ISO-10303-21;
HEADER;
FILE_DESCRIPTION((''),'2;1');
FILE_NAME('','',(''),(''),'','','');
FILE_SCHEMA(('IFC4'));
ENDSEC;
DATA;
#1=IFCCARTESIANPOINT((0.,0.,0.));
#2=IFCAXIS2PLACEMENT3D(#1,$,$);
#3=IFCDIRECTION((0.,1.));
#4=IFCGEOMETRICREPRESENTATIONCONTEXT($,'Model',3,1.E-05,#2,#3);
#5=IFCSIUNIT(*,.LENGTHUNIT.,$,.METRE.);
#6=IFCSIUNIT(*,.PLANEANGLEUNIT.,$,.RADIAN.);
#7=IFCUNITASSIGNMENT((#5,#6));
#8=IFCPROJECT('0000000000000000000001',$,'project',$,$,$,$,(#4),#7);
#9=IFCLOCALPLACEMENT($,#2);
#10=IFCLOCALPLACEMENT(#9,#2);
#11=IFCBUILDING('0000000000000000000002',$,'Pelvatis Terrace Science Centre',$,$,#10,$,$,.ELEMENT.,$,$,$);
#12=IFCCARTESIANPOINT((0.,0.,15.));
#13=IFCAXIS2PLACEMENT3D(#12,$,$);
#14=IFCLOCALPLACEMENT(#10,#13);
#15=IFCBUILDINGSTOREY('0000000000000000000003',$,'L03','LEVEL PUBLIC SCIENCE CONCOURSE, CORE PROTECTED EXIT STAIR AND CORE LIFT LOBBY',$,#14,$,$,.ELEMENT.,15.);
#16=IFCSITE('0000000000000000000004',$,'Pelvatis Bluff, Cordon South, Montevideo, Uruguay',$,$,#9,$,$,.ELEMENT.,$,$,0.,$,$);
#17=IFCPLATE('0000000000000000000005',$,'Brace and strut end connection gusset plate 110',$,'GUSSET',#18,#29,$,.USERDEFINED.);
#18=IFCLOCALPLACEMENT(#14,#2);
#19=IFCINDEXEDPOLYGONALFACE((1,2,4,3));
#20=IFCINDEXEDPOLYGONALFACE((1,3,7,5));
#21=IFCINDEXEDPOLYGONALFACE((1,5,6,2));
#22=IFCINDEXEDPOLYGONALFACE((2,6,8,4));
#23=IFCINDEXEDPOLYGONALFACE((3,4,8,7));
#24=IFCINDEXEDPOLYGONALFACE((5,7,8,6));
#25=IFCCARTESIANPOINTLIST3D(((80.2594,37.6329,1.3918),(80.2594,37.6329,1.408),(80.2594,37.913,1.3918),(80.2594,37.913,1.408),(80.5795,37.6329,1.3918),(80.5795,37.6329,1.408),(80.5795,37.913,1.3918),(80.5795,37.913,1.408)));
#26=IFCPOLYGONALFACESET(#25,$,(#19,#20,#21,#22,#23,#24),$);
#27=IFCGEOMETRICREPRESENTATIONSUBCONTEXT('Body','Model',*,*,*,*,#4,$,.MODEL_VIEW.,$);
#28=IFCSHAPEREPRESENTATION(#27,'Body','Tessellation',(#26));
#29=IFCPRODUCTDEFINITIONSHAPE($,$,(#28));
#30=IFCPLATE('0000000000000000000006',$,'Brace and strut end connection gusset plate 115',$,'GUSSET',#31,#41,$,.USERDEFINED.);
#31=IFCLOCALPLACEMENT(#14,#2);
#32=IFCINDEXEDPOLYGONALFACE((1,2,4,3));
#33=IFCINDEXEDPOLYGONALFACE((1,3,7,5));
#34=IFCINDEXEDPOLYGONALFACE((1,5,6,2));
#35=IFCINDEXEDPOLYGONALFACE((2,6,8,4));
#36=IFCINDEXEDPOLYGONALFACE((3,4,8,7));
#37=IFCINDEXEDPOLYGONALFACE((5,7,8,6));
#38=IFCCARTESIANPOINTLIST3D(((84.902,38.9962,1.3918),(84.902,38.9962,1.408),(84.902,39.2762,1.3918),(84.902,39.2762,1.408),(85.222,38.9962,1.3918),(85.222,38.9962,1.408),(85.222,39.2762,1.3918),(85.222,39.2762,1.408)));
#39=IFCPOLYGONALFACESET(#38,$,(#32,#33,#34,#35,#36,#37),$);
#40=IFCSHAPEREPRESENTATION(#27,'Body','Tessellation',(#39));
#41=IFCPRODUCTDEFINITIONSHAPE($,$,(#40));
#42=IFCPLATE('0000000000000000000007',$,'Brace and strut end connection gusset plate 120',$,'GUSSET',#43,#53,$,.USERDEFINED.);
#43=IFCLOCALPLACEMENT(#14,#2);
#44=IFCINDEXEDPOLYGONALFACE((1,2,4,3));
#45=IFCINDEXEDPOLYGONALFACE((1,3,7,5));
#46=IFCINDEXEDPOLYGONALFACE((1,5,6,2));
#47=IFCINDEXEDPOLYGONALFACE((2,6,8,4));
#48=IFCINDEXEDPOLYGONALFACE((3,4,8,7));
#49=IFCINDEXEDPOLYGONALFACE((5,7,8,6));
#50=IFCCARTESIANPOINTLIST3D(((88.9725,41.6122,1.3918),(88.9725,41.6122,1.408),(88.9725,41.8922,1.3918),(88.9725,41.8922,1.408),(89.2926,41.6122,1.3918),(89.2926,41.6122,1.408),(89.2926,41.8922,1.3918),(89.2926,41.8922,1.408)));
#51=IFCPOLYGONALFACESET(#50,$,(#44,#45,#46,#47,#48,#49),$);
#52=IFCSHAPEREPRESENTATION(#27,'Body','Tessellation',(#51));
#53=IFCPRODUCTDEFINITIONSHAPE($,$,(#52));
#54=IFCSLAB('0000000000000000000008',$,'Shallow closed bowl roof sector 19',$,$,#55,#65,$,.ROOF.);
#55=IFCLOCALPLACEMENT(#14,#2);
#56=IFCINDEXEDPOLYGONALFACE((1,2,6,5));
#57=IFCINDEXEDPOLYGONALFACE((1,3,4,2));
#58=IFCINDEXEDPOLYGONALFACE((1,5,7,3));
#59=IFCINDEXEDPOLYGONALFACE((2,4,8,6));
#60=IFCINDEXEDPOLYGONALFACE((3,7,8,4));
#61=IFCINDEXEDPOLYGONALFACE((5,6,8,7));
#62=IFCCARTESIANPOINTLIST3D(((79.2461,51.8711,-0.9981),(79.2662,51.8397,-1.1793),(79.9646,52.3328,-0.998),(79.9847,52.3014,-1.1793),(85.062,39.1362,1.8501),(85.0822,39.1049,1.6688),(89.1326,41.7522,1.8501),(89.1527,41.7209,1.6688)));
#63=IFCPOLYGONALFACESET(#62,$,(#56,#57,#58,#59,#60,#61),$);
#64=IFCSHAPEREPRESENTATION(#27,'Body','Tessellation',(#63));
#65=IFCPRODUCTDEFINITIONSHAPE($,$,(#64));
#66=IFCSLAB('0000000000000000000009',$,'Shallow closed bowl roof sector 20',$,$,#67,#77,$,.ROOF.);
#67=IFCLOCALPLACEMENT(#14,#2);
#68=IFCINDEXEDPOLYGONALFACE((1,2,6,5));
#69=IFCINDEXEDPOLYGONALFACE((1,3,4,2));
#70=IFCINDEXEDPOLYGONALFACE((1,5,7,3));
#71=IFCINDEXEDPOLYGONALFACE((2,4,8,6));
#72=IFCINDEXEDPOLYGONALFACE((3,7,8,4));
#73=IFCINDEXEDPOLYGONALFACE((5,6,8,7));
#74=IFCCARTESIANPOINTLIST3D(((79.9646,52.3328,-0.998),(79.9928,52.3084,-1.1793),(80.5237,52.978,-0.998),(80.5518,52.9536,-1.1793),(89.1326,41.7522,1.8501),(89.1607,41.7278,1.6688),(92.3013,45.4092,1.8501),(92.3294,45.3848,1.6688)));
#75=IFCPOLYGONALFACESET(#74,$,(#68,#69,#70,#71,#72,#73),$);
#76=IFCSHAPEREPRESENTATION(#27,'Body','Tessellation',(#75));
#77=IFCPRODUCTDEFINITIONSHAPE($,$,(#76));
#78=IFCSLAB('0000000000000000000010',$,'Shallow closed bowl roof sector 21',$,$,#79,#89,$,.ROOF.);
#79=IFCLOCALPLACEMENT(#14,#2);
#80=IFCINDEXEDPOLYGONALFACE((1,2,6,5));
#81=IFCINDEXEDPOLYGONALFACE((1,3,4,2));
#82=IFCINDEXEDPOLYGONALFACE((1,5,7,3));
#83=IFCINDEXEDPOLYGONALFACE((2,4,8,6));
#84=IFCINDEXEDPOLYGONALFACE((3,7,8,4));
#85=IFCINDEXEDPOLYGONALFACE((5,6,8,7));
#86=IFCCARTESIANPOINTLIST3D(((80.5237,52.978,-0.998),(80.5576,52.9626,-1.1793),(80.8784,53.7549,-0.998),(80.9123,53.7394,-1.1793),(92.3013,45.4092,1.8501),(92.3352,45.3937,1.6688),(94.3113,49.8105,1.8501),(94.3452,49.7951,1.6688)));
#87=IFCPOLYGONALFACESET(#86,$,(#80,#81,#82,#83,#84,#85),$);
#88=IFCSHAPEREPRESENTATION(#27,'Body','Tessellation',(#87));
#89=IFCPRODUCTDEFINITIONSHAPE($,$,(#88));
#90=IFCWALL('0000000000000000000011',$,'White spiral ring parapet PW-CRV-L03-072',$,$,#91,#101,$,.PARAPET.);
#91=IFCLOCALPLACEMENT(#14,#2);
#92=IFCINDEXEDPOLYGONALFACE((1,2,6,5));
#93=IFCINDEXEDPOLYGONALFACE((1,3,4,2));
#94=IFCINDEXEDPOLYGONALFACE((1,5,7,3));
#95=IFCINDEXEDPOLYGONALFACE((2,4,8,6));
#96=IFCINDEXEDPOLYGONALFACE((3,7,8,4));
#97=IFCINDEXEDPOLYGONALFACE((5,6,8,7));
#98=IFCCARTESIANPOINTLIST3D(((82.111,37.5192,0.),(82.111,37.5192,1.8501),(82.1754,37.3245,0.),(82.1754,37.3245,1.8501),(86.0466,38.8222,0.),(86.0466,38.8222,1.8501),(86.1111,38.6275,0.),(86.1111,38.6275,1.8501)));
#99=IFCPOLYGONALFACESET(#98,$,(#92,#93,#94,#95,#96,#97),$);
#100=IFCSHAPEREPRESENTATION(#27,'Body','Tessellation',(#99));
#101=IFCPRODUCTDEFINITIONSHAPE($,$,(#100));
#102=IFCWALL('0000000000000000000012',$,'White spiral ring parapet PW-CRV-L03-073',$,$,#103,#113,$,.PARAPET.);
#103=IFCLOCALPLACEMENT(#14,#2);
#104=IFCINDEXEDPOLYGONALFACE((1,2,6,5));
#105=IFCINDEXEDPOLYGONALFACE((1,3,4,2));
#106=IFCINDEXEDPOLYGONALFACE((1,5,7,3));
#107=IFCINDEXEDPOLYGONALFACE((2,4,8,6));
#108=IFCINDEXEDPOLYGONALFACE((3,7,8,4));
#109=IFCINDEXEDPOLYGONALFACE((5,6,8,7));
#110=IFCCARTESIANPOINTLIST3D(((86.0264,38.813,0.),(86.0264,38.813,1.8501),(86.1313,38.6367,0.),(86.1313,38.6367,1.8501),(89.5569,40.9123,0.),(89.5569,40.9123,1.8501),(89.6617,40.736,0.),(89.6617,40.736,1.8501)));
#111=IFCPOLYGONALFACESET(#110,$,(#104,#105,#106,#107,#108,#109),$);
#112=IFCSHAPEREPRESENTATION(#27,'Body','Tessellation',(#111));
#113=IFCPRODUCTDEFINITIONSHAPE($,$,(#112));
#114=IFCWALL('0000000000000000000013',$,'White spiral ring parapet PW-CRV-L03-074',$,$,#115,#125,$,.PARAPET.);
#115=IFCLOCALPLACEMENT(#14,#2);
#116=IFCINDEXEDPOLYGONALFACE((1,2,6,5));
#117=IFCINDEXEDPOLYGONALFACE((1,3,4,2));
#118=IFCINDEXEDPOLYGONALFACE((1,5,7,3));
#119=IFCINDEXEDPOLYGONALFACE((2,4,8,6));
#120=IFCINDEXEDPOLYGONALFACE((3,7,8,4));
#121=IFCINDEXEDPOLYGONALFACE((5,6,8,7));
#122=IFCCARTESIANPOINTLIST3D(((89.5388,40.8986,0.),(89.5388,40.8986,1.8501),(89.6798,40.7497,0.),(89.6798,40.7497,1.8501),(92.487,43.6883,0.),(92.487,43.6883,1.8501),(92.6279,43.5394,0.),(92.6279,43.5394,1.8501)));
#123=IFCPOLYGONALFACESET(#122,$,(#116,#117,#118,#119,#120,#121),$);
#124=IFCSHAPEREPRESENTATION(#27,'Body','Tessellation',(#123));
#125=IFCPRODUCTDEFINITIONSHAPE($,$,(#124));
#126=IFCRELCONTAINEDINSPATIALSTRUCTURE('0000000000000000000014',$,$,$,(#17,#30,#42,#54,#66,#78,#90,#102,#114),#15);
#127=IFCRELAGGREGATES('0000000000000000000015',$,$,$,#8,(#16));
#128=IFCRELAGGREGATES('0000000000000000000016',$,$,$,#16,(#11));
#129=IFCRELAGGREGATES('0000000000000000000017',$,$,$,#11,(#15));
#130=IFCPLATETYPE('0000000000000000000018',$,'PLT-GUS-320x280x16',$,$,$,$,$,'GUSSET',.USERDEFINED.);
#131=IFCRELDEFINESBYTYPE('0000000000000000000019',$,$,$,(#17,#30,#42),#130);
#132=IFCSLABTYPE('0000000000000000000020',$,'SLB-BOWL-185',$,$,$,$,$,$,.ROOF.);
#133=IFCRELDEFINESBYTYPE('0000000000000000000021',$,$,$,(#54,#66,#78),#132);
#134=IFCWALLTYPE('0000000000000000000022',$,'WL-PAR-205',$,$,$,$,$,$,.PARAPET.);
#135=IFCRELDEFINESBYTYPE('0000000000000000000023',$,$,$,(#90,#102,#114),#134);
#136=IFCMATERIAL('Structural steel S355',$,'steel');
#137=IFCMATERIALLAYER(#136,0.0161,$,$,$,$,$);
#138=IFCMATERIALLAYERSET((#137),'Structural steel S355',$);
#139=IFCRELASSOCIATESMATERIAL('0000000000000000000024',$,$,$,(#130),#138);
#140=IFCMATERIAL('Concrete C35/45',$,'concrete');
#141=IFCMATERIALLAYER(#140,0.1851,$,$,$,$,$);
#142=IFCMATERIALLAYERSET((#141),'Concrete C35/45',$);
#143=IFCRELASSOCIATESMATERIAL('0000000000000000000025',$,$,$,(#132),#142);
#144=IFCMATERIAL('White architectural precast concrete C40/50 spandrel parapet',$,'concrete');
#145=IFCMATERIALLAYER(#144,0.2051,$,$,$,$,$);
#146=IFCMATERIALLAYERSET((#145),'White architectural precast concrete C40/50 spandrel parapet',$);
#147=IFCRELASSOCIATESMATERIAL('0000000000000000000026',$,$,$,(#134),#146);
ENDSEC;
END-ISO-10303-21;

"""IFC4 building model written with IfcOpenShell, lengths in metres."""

from ifc_helpers import new_model, si_unit, direction, frame, frame_2d, origin, origin_2d, place, context, subcontext, project, spatial, polyline, rectangle, outline, extrude, material, layer, layer_set, type_object, element, save


model = new_model("IFC4")

# Units and contexts
model_context = context("Model", 3, precision=1e-05, world=origin(), true_north=direction((0.0, 1.0)))
body_context = subcontext(model_context, "Body", "Model", "MODEL_VIEW")
ifc_project = project(units=[si_unit("LENGTHUNIT", "METRE"), si_unit("PLANEANGLEUNIT", "RADIAN")], contexts=[model_context])

# Site, building, storey
site_placement = place(None, origin())
site = spatial("IfcSite", under=ifc_project, at=site_placement, Name="Pelvatis Bluff, Cordon South, Montevideo, Uruguay", CompositionType="ELEMENT", RefElevation=0.0)
building_placement = place(site_placement, origin())
building = spatial("IfcBuilding", under=site, at=building_placement, Name="Pelvatis Terrace Science Centre", CompositionType="ELEMENT")
storey_placement = place(building_placement, frame((0.0, 0.0, 15.0)))
storey = spatial("IfcBuildingStorey", under=building, at=storey_placement, Name="L03", Description="LEVEL PUBLIC SCIENCE CONCOURSE, CORE PROTECTED EXIT STAIR AND CORE LIFT LOBBY", CompositionType="ELEMENT", Elevation=15.0)

# Plates
ifc_material_1 = material(Name="Structural steel S355", Category="steel")
ifc_layer_1 = layer(ifc_material_1, 0.0161)
ifc_layer_set_1 = layer_set([ifc_layer_1], Name="Structural steel S355")
plate_type_1 = type_object("IfcPlateType", Name="PLT-GUS-320x280x16", ElementType="GUSSET", PredefinedType="USERDEFINED", material=ifc_layer_set_1)
for number, where, z_axis, x_axis, name in (
    (1, (80.4194, 37.7729, 1.3918), (0.0, 0.0, 1.0), (1.0, 0.0, 0.0), "Brace and strut end connection gusset plate 110"),
    (2, (85.062, 39.1362, 1.3918), (0.0, 0.0, 1.0), (1.0, 0.0, 0.0), "Brace and strut end connection gusset plate 115"),
    (3, (89.1326, 41.7522, 1.3918), (0.0, 0.0, 1.0), (1.0, 0.0, 0.0), "Brace and strut end connection gusset plate 120"),
):
    element("IfcPlate", number, at=place(storey_placement, frame(where, z_axis=z_axis, x_axis=x_axis)), inside=storey, type_object=plate_type_1, Name=name, ObjectType="GUSSET", PredefinedType="USERDEFINED", context=body_context, shape_type="SweptSolid", body=[
        extrude(rectangle(XDim=0.3201, YDim=0.28, at=origin_2d()), origin(), (0.0, 0.0, 1.0), 0.0161),
    ])

# Slabs
ifc_material_2 = material(Name="Concrete C35/45", Category="concrete")
ifc_layer_2 = layer(ifc_material_2, 0.1851)
ifc_layer_set_2 = layer_set([ifc_layer_2], Name="Concrete C35/45")
slab_type = type_object("IfcSlabType", Name="SLB-BOWL-185", PredefinedType="ROOF", material=ifc_layer_set_2)
slab_1_placement = place(storey_placement, frame((85.062, 39.1362, 1.8501), z_axis=(-0.10884, 0.169365, 0.979525), x_axis=(0.841256, 0.540637, -0.000002)))
element("IfcSlab", 4, at=slab_1_placement, inside=storey, type_object=slab_type, Name="Shallow closed bowl roof sector 19", PredefinedType="ROOF", context=body_context, shape_type="SweptSolid", body=[
    extrude(outline(polyline([(0.0, 0.0), (4.8387, 0.0), (2.8463, 14.1472), (1.9923, 14.1472), (0.0, 0.0)])), origin(), (0.0, 0.0, -1.0), 0.1851),
])
slab_2_placement = place(storey_placement, frame((89.1326, 41.7522, 1.8501), z_axis=(-0.152152, 0.131836, 0.979525), x_axis=(0.65485, 0.755759, 0.000001)))
element("IfcSlab", 5, at=slab_2_placement, inside=storey, type_object=slab_type, Name="Shallow closed bowl roof sector 20", PredefinedType="ROOF", context=body_context, shape_type="SweptSolid", body=[
    extrude(outline(polyline([(0.0, 0.0), (4.8388, 0.0), (2.8465, 14.1471), (1.9927, 14.1471), (0.0, 0.0)])), origin(), (0.0, 0.0, -1.0), 0.1851),
])
slab_3_placement = place(storey_placement, frame((92.3013, 45.4092, 1.8501), z_axis=(-0.183131, 0.08363, 0.979525), x_axis=(0.41541, 0.909634, 0.000001)))
element("IfcSlab", 6, at=slab_3_placement, inside=storey, type_object=slab_type, Name="Shallow closed bowl roof sector 21", PredefinedType="ROOF", context=body_context, shape_type="SweptSolid", body=[
    extrude(outline(polyline([(0.0, 0.0), (4.8386, 0.0), (2.8464, 14.1472), (1.9924, 14.1471), (0.0, 0.0)])), origin(), (0.0, 0.0, -1.0), 0.1851),
])

# Walls
ifc_material_3 = material(Name="White architectural precast concrete C40/50 spandrel parapet", Category="concrete")
ifc_layer_3 = layer(ifc_material_3, 0.2051)
ifc_layer_set_3 = layer_set([ifc_layer_3], Name="White architectural precast concrete C40/50 spandrel parapet")
wall_type = type_object("IfcWallType", Name="WL-PAR-205", PredefinedType="PARAPET", material=ifc_layer_set_3)
wall_1_placement = place(storey_placement, frame((82.1433, 37.4219, 0.0), z_axis=(0.0, 0.0, 1.0), x_axis=(0.949323, 0.314301, 0.0)))
element("IfcWall", 7, at=wall_1_placement, inside=storey, type_object=wall_type, Name="White spiral ring parapet PW-CRV-L03-072", PredefinedType="PARAPET", context=body_context, shape_type="SweptSolid", body=[
    extrude(rectangle(XDim=4.1458, YDim=0.2051, at=frame_2d((2.0728, 0.0))), origin(), (0.0, 0.0, 1.0), 1.8501),
])
wall_2_placement = place(storey_placement, frame((86.0789, 38.7249, 0.0), z_axis=(0.0, 0.0, 1.0), x_axis=(0.859521, 0.5111, 0.0)))
element("IfcWall", 8, at=wall_2_placement, inside=storey, type_object=wall_type, Name="White spiral ring parapet PW-CRV-L03-073", PredefinedType="PARAPET", context=body_context, shape_type="SweptSolid", body=[
    extrude(rectangle(XDim=4.1074, YDim=0.2051, at=frame_2d((2.0537, 0.0))), origin(), (0.0, 0.0, 1.0), 1.8501),
])
wall_3_placement = place(storey_placement, frame((89.6094, 40.8242, 0.0), z_axis=(0.0, 0.0, 1.0), x_axis=(0.726356, 0.687319, 0.0)))
element("IfcWall", 9, at=wall_3_placement, inside=storey, type_object=wall_type, Name="White spiral ring parapet PW-CRV-L03-074", PredefinedType="PARAPET", context=body_context, shape_type="SweptSolid", body=[
    extrude(rectangle(XDim=4.0588, YDim=0.2051, at=frame_2d((2.0293, 0.0))), origin(), (0.0, 0.0, 1.0), 1.8501),
])

save(model, "model.ifc")
